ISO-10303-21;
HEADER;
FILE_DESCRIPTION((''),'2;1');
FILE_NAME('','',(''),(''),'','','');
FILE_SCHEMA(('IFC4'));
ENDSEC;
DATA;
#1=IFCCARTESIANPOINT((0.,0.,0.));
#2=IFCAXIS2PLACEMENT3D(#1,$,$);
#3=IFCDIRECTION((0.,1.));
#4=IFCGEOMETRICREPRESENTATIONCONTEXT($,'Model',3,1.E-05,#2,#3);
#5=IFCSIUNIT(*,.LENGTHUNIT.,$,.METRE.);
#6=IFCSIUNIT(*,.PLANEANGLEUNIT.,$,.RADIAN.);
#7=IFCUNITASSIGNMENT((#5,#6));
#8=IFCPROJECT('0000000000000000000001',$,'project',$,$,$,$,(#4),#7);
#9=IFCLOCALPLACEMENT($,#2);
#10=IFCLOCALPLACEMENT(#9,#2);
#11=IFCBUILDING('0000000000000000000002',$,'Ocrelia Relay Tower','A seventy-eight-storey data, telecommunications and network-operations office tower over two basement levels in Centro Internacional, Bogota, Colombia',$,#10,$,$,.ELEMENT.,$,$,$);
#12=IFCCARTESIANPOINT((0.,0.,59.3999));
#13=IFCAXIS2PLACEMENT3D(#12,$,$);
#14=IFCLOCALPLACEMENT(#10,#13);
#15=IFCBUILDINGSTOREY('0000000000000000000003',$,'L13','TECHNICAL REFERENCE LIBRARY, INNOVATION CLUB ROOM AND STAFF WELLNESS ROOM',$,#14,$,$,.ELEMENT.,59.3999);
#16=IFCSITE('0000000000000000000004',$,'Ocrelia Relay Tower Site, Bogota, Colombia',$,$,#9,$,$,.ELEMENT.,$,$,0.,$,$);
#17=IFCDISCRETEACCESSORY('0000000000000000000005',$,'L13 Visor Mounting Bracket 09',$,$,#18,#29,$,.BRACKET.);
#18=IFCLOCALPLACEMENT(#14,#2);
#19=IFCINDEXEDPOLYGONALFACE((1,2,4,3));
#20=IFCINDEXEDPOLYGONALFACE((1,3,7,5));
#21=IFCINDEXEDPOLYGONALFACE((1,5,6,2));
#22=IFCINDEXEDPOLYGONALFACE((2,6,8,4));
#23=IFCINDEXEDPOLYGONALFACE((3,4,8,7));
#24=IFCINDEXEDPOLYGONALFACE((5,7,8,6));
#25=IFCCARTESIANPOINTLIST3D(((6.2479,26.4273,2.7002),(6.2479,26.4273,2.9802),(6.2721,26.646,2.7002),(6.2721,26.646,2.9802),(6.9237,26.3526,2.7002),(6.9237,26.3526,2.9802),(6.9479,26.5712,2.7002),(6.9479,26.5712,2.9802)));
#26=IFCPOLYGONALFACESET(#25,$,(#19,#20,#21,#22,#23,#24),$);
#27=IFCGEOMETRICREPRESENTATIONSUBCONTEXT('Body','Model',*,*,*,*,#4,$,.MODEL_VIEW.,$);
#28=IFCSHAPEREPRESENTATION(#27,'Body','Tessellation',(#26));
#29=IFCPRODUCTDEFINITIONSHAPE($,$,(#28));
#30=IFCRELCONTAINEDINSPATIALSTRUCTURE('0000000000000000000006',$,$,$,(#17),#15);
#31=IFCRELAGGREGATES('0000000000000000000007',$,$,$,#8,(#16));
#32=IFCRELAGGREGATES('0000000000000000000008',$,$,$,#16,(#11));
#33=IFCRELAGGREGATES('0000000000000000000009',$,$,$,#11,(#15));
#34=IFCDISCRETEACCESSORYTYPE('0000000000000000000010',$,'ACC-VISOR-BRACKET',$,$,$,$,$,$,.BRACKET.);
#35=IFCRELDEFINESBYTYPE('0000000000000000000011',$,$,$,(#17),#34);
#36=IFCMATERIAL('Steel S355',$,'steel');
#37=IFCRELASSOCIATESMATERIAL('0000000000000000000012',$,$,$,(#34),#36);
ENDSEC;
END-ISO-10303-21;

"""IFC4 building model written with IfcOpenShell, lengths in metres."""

from ifc_helpers import new_model, si_unit, direction, frame, origin, origin_2d, place, context, subcontext, project, spatial, rectangle, extrude, material, type_object, element, save


model = new_model("IFC4")

# Units and contexts
model_context = context("Model", 3, precision=1e-05, world=origin(), true_north=direction((0.0, 1.0)))
body_context = subcontext(model_context, "Body", "Model", "MODEL_VIEW")
ifc_project = project(units=[si_unit("LENGTHUNIT", "METRE"), si_unit("PLANEANGLEUNIT", "RADIAN")], contexts=[model_context])

# Site, building, storey
site_placement = place(None, origin())
site = spatial("IfcSite", under=ifc_project, at=site_placement, Name="Ocrelia Relay Tower Site, Bogota, Colombia", CompositionType="ELEMENT", RefElevation=0.0)
building_placement = place(site_placement, origin())
building = spatial("IfcBuilding", under=site, at=building_placement, Name="Ocrelia Relay Tower", Description="A seventy-eight-storey data, telecommunications and network-operations office tower over two basement levels in Centro Internacional, Bogota, Colombia", CompositionType="ELEMENT")
storey_placement = place(building_placement, frame((0.0, 0.0, 59.3999)))
storey = spatial("IfcBuildingStorey", under=building, at=storey_placement, Name="L13", Description="TECHNICAL REFERENCE LIBRARY, INNOVATION CLUB ROOM AND STAFF WELLNESS ROOM", CompositionType="ELEMENT", Elevation=59.3999)

# Shared definitions
ifc_material_1 = material(Name="Steel S355", Category="steel")

# Discrete accessory
discrete_accessory_type = type_object("IfcDiscreteAccessoryType", Name="ACC-VISOR-BRACKET", PredefinedType="BRACKET", material=ifc_material_1)
discrete_accessory_placement = place(storey_placement, frame((6.5979, 26.4993, 2.7002), z_axis=(0.0, 0.0, 1.0), x_axis=(-0.109919, -0.993941, 0.0)))
element("IfcDiscreteAccessory", 1, at=discrete_accessory_placement, inside=storey, type_object=discrete_accessory_type, Name="L13 Visor Mounting Bracket 09", PredefinedType="BRACKET", context=body_context, shape_type="SweptSolid", body=[
    extrude(rectangle(XDim=0.22, YDim=0.6799, at=origin_2d()), origin(), (0.0, 0.0, 1.0), 0.28),
])

save(model, "model.ifc")
